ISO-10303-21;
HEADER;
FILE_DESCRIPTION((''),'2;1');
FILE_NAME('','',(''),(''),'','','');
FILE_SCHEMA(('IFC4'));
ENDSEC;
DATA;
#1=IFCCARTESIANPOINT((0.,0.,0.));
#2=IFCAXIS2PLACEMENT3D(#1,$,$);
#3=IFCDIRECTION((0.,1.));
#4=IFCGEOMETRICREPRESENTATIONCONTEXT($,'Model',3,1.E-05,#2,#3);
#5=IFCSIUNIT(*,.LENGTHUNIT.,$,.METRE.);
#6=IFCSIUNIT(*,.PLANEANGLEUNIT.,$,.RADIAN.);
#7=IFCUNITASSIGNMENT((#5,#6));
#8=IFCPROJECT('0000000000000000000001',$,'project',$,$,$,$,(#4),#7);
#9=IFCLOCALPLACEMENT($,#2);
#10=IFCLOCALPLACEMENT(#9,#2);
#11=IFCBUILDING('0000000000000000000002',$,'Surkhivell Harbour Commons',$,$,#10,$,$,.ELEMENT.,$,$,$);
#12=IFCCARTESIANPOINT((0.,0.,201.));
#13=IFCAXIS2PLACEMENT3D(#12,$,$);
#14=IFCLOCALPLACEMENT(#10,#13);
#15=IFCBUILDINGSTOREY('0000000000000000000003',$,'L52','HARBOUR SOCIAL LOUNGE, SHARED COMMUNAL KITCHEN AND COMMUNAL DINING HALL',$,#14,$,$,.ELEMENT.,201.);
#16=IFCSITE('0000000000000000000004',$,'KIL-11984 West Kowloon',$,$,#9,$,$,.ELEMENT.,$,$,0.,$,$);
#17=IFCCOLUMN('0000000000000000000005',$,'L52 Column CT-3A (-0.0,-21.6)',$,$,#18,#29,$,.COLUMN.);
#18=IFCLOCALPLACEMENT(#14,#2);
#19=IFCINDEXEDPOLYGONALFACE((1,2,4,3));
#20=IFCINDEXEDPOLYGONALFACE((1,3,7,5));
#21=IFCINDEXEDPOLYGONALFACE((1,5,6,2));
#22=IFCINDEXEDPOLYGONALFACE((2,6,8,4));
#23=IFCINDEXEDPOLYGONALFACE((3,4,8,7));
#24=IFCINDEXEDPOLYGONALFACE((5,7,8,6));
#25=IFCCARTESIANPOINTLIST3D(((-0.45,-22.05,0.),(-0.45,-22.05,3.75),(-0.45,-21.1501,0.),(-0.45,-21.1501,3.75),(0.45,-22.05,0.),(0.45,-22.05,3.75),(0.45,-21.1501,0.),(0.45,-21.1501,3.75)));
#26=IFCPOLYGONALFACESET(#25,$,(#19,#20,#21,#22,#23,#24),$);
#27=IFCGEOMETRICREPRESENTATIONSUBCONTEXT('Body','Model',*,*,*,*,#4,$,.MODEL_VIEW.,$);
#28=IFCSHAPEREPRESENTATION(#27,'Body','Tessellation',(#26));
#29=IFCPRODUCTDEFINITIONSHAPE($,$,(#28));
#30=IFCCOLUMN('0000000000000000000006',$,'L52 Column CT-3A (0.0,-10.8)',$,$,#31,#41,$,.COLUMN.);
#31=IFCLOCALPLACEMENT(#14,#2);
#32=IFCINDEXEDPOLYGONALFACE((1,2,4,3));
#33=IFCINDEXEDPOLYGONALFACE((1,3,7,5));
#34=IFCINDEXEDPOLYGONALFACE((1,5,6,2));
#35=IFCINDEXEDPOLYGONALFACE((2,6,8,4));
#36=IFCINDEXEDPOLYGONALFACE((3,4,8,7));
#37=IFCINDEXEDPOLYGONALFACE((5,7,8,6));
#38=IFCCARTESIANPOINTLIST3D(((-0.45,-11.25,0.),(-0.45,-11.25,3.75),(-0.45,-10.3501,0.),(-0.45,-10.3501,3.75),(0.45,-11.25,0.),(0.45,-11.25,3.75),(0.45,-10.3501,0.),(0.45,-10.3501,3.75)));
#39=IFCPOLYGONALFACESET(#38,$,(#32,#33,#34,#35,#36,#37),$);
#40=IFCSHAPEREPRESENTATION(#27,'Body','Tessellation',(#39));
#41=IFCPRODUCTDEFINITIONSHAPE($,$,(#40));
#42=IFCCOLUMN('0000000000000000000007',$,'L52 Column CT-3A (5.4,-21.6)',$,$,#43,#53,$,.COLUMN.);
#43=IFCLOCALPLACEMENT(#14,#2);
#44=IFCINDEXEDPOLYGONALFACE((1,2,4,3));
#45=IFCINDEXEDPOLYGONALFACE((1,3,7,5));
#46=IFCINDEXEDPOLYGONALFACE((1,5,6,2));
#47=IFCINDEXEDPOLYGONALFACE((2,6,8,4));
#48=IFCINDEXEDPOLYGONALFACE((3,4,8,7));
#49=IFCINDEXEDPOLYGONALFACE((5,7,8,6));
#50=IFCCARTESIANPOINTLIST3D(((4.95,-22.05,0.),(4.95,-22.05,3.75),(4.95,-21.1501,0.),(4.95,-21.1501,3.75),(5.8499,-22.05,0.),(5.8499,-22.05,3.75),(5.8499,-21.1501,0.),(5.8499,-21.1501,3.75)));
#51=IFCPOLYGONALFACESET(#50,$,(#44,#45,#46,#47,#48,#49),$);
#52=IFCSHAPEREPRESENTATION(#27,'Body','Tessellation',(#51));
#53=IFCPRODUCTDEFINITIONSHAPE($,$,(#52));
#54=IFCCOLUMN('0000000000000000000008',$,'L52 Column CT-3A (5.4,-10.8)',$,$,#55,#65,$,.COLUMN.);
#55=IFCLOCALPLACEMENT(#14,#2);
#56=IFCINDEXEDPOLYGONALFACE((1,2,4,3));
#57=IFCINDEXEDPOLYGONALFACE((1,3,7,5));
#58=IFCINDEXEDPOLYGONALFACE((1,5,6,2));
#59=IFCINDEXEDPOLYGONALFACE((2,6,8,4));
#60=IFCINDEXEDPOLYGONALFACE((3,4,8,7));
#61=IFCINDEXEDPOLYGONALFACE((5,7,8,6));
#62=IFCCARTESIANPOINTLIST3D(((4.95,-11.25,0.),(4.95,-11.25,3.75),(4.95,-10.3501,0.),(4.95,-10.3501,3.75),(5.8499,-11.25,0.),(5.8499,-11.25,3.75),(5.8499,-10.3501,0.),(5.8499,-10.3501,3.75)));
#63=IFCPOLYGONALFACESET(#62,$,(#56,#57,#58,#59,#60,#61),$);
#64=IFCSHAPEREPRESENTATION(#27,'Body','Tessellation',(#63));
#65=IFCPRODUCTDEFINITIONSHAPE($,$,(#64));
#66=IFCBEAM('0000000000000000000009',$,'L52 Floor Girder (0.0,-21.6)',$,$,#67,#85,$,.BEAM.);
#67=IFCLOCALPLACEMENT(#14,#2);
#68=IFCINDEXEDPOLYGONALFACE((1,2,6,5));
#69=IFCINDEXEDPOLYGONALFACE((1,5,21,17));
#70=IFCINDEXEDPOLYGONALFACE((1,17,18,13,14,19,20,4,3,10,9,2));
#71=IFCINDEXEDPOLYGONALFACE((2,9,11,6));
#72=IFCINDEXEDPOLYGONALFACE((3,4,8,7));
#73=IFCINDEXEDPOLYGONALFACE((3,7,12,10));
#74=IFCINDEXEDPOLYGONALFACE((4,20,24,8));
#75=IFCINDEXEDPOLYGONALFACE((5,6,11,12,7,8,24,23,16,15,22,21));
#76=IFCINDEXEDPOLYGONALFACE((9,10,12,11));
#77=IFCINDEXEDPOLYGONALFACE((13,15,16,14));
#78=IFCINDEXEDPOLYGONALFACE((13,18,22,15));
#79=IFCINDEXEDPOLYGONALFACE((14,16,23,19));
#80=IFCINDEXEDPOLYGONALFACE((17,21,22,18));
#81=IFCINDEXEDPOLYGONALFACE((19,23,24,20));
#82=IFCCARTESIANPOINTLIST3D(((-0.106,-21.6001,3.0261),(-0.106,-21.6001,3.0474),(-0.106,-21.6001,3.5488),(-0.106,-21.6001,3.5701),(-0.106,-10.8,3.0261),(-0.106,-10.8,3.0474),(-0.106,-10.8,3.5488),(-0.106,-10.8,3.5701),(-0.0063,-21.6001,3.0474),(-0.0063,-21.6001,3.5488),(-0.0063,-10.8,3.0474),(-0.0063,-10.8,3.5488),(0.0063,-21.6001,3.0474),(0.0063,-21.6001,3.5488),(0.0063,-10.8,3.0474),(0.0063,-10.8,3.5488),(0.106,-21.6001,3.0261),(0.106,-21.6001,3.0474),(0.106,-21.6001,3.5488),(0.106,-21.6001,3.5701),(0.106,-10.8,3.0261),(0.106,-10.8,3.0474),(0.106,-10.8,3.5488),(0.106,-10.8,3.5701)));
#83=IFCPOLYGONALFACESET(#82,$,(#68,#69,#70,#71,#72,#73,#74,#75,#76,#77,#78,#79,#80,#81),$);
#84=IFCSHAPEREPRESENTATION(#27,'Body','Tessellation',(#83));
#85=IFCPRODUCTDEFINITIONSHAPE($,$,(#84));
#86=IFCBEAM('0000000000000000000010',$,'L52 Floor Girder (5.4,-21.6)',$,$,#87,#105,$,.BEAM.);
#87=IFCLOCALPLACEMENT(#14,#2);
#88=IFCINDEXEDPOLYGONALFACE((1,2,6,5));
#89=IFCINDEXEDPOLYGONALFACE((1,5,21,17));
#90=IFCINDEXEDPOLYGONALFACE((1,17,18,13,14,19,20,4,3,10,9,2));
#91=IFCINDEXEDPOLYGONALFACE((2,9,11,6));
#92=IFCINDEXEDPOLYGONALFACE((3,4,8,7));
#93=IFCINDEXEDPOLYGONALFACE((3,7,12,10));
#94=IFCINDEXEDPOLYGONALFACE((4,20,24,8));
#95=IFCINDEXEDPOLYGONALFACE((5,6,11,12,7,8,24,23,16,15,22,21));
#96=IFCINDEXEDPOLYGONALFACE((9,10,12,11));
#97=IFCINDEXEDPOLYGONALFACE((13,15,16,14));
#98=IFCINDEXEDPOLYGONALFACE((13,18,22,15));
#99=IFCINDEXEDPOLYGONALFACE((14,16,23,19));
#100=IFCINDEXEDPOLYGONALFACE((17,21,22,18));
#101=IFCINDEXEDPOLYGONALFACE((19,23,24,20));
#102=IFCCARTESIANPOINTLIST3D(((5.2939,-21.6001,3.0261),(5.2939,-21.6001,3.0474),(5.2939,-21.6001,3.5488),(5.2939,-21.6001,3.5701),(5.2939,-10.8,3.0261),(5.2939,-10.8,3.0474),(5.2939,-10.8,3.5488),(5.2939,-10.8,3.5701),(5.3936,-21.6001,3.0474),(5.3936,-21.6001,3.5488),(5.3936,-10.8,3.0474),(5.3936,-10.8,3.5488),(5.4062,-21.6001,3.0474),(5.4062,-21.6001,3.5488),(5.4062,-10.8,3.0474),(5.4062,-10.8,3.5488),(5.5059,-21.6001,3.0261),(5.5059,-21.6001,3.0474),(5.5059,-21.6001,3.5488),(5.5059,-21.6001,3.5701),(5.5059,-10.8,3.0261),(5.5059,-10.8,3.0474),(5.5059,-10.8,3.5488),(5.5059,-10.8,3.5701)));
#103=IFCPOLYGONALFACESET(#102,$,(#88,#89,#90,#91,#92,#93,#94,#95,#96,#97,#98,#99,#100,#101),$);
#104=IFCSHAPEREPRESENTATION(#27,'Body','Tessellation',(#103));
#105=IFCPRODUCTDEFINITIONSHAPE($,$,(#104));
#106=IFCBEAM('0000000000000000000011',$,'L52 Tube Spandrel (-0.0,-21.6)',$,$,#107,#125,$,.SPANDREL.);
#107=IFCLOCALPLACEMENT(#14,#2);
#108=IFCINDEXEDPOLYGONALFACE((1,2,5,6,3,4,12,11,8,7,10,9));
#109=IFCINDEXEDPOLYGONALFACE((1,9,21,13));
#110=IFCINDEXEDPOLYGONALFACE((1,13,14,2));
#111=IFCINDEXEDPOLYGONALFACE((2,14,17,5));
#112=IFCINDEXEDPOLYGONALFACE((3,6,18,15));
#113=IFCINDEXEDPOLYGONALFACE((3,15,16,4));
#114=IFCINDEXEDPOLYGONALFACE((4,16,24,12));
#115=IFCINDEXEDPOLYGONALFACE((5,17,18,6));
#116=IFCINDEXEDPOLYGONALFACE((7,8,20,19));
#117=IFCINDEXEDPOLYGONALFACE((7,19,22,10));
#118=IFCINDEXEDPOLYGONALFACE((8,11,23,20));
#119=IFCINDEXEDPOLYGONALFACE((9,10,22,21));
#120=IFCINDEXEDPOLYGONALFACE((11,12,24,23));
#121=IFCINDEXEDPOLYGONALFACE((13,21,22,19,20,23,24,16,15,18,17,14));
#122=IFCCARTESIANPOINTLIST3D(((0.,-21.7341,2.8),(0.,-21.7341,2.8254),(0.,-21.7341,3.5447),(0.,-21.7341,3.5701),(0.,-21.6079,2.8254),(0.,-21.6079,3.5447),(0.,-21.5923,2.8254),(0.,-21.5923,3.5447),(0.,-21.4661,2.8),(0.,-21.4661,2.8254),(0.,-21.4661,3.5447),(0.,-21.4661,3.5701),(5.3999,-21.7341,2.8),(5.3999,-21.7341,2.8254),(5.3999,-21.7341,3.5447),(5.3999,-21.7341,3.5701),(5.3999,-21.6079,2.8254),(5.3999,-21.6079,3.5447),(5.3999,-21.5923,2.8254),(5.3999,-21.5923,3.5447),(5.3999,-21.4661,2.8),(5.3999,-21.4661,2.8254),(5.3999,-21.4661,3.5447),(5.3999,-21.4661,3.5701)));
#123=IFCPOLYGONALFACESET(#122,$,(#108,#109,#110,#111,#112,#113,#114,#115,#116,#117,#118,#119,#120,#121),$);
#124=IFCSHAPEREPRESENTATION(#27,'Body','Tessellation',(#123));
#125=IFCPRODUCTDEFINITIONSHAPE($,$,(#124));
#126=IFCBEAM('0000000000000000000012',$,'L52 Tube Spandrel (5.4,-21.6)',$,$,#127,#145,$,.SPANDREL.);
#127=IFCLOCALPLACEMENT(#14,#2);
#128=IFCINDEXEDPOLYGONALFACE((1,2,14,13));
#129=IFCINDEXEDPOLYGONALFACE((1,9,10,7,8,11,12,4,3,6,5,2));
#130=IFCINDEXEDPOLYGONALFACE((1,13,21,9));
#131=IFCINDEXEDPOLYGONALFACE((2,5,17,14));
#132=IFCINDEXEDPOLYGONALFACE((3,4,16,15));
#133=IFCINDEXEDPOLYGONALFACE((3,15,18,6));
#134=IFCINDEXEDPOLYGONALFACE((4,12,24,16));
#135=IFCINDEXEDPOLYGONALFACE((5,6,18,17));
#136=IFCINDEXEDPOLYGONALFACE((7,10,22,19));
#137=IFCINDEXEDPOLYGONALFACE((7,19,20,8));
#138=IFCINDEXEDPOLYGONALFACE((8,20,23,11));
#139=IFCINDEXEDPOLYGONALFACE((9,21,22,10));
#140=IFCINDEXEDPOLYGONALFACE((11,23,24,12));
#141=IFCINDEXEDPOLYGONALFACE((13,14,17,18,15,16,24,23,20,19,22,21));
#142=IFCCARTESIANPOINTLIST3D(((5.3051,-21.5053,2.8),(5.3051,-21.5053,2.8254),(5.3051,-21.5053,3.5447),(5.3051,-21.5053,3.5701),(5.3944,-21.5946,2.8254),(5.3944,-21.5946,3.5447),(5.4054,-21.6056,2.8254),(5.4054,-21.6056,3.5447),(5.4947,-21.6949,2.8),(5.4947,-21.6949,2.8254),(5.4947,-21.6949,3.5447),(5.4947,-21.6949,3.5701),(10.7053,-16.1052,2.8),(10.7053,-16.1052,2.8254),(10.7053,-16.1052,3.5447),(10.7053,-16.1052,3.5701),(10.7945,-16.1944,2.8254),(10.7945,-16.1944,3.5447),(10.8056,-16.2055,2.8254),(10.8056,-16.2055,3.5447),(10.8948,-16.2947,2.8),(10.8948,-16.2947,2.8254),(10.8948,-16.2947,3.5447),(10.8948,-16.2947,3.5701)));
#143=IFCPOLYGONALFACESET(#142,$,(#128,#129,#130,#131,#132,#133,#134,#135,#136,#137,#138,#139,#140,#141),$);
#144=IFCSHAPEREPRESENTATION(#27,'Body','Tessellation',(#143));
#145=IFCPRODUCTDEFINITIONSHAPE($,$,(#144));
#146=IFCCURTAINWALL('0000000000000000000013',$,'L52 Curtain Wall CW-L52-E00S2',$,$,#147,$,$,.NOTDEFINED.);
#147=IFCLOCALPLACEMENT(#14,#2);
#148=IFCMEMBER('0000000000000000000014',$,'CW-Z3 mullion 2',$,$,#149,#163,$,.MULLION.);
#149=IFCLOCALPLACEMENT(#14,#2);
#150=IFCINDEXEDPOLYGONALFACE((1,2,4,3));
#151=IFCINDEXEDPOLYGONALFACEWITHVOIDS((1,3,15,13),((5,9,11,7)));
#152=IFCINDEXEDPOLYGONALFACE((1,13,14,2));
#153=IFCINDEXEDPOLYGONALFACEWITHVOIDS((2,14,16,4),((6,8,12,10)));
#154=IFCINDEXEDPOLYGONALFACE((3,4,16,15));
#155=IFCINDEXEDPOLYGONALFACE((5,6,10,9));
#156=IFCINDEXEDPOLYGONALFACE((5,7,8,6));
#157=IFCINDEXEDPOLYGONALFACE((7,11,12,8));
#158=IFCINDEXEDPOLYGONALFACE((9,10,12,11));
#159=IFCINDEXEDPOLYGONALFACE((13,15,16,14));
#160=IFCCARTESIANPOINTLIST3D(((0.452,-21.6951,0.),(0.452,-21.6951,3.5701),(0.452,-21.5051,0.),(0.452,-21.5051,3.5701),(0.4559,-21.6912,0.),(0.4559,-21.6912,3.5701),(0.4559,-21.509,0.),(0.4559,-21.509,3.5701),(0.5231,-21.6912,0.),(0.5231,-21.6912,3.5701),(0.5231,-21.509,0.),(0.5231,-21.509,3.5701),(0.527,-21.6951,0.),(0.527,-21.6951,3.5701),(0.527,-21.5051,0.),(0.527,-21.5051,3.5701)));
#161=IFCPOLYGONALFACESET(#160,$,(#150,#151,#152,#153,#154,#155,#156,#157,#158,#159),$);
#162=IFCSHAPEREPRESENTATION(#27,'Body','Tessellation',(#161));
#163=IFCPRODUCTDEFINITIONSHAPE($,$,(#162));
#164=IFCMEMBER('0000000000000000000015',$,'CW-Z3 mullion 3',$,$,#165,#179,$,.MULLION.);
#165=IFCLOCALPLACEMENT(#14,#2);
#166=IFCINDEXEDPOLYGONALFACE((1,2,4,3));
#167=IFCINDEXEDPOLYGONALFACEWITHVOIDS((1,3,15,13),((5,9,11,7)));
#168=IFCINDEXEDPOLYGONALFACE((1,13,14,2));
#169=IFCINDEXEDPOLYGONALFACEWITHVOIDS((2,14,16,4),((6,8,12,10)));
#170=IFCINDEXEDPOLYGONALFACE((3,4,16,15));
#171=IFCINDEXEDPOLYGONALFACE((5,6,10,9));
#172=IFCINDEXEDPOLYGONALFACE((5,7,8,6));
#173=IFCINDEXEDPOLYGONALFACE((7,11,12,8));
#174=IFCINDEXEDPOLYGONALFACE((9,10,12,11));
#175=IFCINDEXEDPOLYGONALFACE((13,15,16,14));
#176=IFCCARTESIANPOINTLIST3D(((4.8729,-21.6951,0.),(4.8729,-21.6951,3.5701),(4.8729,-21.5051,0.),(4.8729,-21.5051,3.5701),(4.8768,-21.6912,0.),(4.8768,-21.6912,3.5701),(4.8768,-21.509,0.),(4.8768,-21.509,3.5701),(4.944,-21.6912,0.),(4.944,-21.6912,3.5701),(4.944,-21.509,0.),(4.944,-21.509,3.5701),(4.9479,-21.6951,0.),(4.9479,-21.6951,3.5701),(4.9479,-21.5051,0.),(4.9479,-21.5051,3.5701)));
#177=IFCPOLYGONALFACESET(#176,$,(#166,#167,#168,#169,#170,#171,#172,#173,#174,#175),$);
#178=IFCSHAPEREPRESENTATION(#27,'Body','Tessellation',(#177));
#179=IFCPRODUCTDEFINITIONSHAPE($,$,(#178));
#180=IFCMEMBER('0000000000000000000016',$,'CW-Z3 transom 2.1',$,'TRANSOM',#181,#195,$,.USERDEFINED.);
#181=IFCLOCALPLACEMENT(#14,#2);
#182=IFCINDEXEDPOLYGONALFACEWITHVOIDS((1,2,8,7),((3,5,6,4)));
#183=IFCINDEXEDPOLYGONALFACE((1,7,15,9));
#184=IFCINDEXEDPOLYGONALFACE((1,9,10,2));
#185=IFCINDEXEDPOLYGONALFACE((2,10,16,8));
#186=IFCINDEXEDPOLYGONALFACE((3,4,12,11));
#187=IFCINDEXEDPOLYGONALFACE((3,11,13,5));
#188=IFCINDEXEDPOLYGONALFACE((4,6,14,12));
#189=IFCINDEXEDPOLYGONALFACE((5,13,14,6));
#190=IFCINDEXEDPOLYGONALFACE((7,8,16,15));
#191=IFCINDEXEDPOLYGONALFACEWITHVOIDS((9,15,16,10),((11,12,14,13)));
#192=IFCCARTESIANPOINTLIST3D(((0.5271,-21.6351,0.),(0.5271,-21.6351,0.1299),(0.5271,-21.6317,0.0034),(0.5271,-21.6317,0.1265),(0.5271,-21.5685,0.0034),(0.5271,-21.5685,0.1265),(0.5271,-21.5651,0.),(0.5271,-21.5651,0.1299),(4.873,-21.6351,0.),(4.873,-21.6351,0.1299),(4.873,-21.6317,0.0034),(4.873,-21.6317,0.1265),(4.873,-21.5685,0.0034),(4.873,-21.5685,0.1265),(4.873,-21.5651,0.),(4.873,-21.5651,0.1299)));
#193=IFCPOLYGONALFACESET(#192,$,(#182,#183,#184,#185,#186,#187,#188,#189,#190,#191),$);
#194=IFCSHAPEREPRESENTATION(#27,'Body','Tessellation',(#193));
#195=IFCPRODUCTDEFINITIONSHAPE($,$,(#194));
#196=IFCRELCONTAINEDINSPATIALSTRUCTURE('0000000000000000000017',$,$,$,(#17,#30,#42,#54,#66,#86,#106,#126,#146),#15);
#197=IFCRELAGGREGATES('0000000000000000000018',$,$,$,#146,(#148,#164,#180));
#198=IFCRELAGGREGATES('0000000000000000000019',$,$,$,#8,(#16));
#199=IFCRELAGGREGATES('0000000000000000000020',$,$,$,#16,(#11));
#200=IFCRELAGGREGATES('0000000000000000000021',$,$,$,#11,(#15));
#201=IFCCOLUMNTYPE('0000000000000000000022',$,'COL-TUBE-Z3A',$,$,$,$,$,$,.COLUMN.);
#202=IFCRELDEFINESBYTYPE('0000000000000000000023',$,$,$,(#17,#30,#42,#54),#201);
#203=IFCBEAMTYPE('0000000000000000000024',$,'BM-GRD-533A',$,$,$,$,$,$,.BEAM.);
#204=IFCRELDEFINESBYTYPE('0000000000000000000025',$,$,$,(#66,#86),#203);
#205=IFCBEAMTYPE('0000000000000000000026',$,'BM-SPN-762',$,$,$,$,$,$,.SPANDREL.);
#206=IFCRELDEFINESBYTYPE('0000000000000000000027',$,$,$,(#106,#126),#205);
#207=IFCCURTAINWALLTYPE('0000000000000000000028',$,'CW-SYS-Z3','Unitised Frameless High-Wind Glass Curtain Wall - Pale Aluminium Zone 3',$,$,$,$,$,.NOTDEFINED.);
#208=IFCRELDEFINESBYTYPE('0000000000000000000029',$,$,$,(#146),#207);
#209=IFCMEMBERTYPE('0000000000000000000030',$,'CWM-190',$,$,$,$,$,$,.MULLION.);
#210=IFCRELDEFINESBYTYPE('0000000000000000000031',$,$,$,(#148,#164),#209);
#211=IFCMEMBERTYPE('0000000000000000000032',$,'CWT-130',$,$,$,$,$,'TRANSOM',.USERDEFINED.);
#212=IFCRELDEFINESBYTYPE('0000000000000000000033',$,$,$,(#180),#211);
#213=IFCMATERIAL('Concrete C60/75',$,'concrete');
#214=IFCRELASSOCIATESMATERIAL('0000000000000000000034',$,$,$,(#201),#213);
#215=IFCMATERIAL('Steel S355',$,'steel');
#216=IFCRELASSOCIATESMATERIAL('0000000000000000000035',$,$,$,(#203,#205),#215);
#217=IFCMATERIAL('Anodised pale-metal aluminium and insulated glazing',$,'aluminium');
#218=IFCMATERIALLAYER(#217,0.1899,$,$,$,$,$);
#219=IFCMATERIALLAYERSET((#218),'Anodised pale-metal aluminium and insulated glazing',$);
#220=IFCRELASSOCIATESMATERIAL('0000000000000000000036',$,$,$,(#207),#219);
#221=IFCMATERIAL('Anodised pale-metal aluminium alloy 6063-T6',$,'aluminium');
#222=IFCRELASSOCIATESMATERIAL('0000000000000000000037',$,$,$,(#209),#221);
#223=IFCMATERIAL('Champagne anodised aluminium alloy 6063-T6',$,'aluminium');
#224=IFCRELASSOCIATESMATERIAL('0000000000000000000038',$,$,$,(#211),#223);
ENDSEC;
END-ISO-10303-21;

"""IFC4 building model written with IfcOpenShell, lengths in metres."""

from ifc_helpers import new_model, si_unit, direction, frame, origin, origin_2d, place, context, subcontext, project, spatial, rectangle, hollow_rectangle, i_section, extrude, material, layer, layer_set, material_profile, profile_set, type_object, element, aggregate, save


model = new_model("IFC4")

# Units and contexts
model_context = context("Model", 3, precision=1e-05, world=origin(), true_north=direction((0.0, 1.0)))
body_context = subcontext(model_context, "Body", "Model", "MODEL_VIEW")
ifc_project = project(units=[si_unit("LENGTHUNIT", "METRE"), si_unit("PLANEANGLEUNIT", "RADIAN")], contexts=[model_context])

# Site, building, storey
site_placement = place(None, origin())
site = spatial("IfcSite", under=ifc_project, at=site_placement, Name="KIL-11984 West Kowloon", CompositionType="ELEMENT", RefElevation=0.0)
building_placement = place(site_placement, origin())
building = spatial("IfcBuilding", under=site, at=building_placement, Name="Surkhivell Harbour Commons", CompositionType="ELEMENT")
storey_placement = place(building_placement, frame((0.0, 0.0, 201.0)))
storey = spatial("IfcBuildingStorey", under=building, at=storey_placement, Name="L52", Description="HARBOUR SOCIAL LOUNGE, SHARED COMMUNAL KITCHEN AND COMMUNAL DINING HALL", CompositionType="ELEMENT", Elevation=201.0)

# Columns
ifc_material_1 = material(Name="Concrete C60/75", Category="concrete")
ifc_material_profile_1 = material_profile(ifc_material_1, rectangle(XDim=0.8999, YDim=0.8999, at=origin_2d()), Name="RC-COL-900x900")
ifc_profile_set_1 = profile_set([ifc_material_profile_1], Name="Concrete C60/75")
column_type = type_object("IfcColumnType", Name="COL-TUBE-Z3A", PredefinedType="COLUMN", material=ifc_profile_set_1)
for number, where, z_axis, x_axis, name in (
    (1, (0.0, -21.6001, 0.0), (0.0, 0.0, 1.0), (1.0, 0.0, 0.0), "L52 Column CT-3A (-0.0,-21.6)"),
    (2, (0.0, -10.8, 0.0), (0.0, 0.0, 1.0), (1.0, 0.0, 0.0), "L52 Column CT-3A (0.0,-10.8)"),
    (3, (5.3999, -21.6001, 0.0), (0.0, 0.0, 1.0), (1.0, 0.0, 0.0), "L52 Column CT-3A (5.4,-21.6)"),
    (4, (5.3999, -10.8, 0.0), (0.0, 0.0, 1.0), (1.0, 0.0, 0.0), "L52 Column CT-3A (5.4,-10.8)"),
):
    element("IfcColumn", number, at=place(storey_placement, frame(where, z_axis=z_axis, x_axis=x_axis)), inside=storey, type_object=column_type, Name=name, PredefinedType="COLUMN", context=body_context, shape_type="SweptSolid", body=[
        extrude(rectangle(XDim=0.8999, YDim=0.8999, at=origin_2d()), origin(), (0.0, 0.0, 1.0), 3.75),
    ])

# Beams
ifc_material_2 = material(Name="Steel S355", Category="steel")
ifc_material_profile_2 = material_profile(ifc_material_2, i_section(OverallWidth=0.2119, OverallDepth=0.5439, WebThickness=0.0127, FlangeThickness=0.0212, at=origin_2d()), Name="UB533x210x122")
ifc_profile_set_2 = profile_set([ifc_material_profile_2], Name="Steel S355")
beam_type_1 = type_object("IfcBeamType", Name="BM-GRD-533A", PredefinedType="BEAM", material=ifc_profile_set_2)
for number, where, z_axis, x_axis, name in (
    (5, (0.0, -21.6001, 3.2981), (0.0, 1.0, 0.0), (-1.0, 0.0, 0.0), "L52 Floor Girder (0.0,-21.6)"),
    (6, (5.3999, -21.6001, 3.2981), (0.0, 1.0, 0.0), (-1.0, 0.0, 0.0), "L52 Floor Girder (5.4,-21.6)"),
):
    element("IfcBeam", number, at=place(storey_placement, frame(where, z_axis=z_axis, x_axis=x_axis)), inside=storey, type_object=beam_type_1, Name=name, PredefinedType="BEAM", context=body_context, shape_type="SweptSolid", body=[
        extrude(i_section(OverallWidth=0.2119, OverallDepth=0.5439, WebThickness=0.0127, FlangeThickness=0.0212, at=origin_2d()), origin(), (0.0, 0.0, 1.0), 10.8),
    ])
ifc_material_profile_3 = material_profile(ifc_material_2, i_section(OverallWidth=0.2681, OverallDepth=0.77, WebThickness=0.0156, FlangeThickness=0.0254, at=origin_2d()), Name="UB762x267x197")
ifc_profile_set_3 = profile_set([ifc_material_profile_3], Name="Steel S355")
beam_type_2 = type_object("IfcBeamType", Name="BM-SPN-762", PredefinedType="SPANDREL", material=ifc_profile_set_3)
beam_1_placement = place(storey_placement, frame((0.0, -21.6001, 3.1851), z_axis=(1.0, 0.0, 0.0), x_axis=(0.0, 1.0, 0.0)))
element("IfcBeam", 7, at=beam_1_placement, inside=storey, type_object=beam_type_2, Name="L52 Tube Spandrel (-0.0,-21.6)", PredefinedType="SPANDREL", context=body_context, shape_type="SweptSolid", body=[
    extrude(i_section(OverallWidth=0.2681, OverallDepth=0.77, WebThickness=0.0156, FlangeThickness=0.0254, at=origin_2d()), origin(), (0.0, 0.0, 1.0), 5.3999),
])
beam_2_placement = place(storey_placement, frame((5.3999, -21.6001, 3.1851), z_axis=(0.707107, 0.707107, 0.0), x_axis=(-0.707107, 0.707107, 0.0)))
element("IfcBeam", 8, at=beam_2_placement, inside=storey, type_object=beam_type_2, Name="L52 Tube Spandrel (5.4,-21.6)", PredefinedType="SPANDREL", context=body_context, shape_type="SweptSolid", body=[
    extrude(i_section(OverallWidth=0.2681, OverallDepth=0.77, WebThickness=0.0156, FlangeThickness=0.0254, at=origin_2d()), origin(), (0.0, 0.0, 1.0), 7.637),
])

# Curtain wall, members
ifc_material_3 = material(Name="Anodised pale-metal aluminium and insulated glazing", Category="aluminium")
ifc_layer_1 = layer(ifc_material_3, 0.1899)
ifc_layer_set_1 = layer_set([ifc_layer_1], Name="Anodised pale-metal aluminium and insulated glazing")
curtain_wall_type = type_object("IfcCurtainWallType", Name="CW-SYS-Z3", Description="Unitised Frameless High-Wind Glass Curtain Wall - Pale Aluminium Zone 3", PredefinedType="NOTDEFINED", material=ifc_layer_set_1)
curtain_wall_placement = place(storey_placement, origin())
curtain_wall = element("IfcCurtainWall", 9, at=curtain_wall_placement, inside=storey, type_object=curtain_wall_type, Name="L52 Curtain Wall CW-L52-E00S2", PredefinedType="NOTDEFINED")
ifc_material_4 = material(Name="Anodised pale-metal aluminium alloy 6063-T6", Category="aluminium")
ifc_material_profile_4 = material_profile(ifc_material_4, hollow_rectangle(XDim=0.075, YDim=0.1899, WallThickness=0.0039, at=origin_2d()), Name="ALU-MULL-75x190")
ifc_profile_set_4 = profile_set([ifc_material_profile_4], Name="Anodised pale-metal aluminium alloy 6063-T6")
member_type_1 = type_object("IfcMemberType", Name="CWM-190", PredefinedType="MULLION", material=ifc_profile_set_4)
member_1_placement = place(storey_placement, frame((0.4895, -21.6001, 0.0), z_axis=(0.0, 0.0, 1.0), x_axis=(1.0, 0.0, 0.0)))
member_1 = element("IfcMember", 10, at=member_1_placement, type_object=member_type_1, Name="CW-Z3 mullion 2", PredefinedType="MULLION", context=body_context, shape_type="SweptSolid", body=[
    extrude(hollow_rectangle(XDim=0.075, YDim=0.1899, WallThickness=0.0039, at=origin_2d()), origin(), (0.0, 0.0, 1.0), 3.5701),
])
member_2_placement = place(storey_placement, frame((4.9104, -21.6001, 0.0), z_axis=(0.0, 0.0, 1.0), x_axis=(1.0, 0.0, 0.0)))
member_2 = element("IfcMember", 11, at=member_2_placement, type_object=member_type_1, Name="CW-Z3 mullion 3", PredefinedType="MULLION", context=body_context, shape_type="SweptSolid", body=[
    extrude(hollow_rectangle(XDim=0.075, YDim=0.1899, WallThickness=0.0039, at=origin_2d()), origin(), (0.0, 0.0, 1.0), 3.5701),
])
ifc_material_5 = material(Name="Champagne anodised aluminium alloy 6063-T6", Category="aluminium")
ifc_material_profile_5 = material_profile(ifc_material_5, hollow_rectangle(XDim=0.0701, YDim=0.1299, WallThickness=0.0034, at=origin_2d()), Name="ALU-TRAN-70x130")
ifc_profile_set_5 = profile_set([ifc_material_profile_5], Name="Champagne anodised aluminium alloy 6063-T6")
member_type_2 = type_object("IfcMemberType", Name="CWT-130", ElementType="TRANSOM", PredefinedType="USERDEFINED", material=ifc_profile_set_5)
member_3_placement = place(storey_placement, frame((0.5271, -21.6001, 0.0649), z_axis=(1.0, 0.0, 0.0), x_axis=(0.0, 1.0, 0.0)))
member_3 = element("IfcMember", 12, at=member_3_placement, type_object=member_type_2, Name="CW-Z3 transom 2.1", ObjectType="TRANSOM", PredefinedType="USERDEFINED", context=body_context, shape_type="SweptSolid", body=[
    extrude(hollow_rectangle(XDim=0.0701, YDim=0.1299, WallThickness=0.0034, at=origin_2d()), origin(), (0.0, 0.0, 1.0), 4.3459),
])
aggregate(curtain_wall, [member_1, member_2, member_3])

save(model, "model.ifc")
